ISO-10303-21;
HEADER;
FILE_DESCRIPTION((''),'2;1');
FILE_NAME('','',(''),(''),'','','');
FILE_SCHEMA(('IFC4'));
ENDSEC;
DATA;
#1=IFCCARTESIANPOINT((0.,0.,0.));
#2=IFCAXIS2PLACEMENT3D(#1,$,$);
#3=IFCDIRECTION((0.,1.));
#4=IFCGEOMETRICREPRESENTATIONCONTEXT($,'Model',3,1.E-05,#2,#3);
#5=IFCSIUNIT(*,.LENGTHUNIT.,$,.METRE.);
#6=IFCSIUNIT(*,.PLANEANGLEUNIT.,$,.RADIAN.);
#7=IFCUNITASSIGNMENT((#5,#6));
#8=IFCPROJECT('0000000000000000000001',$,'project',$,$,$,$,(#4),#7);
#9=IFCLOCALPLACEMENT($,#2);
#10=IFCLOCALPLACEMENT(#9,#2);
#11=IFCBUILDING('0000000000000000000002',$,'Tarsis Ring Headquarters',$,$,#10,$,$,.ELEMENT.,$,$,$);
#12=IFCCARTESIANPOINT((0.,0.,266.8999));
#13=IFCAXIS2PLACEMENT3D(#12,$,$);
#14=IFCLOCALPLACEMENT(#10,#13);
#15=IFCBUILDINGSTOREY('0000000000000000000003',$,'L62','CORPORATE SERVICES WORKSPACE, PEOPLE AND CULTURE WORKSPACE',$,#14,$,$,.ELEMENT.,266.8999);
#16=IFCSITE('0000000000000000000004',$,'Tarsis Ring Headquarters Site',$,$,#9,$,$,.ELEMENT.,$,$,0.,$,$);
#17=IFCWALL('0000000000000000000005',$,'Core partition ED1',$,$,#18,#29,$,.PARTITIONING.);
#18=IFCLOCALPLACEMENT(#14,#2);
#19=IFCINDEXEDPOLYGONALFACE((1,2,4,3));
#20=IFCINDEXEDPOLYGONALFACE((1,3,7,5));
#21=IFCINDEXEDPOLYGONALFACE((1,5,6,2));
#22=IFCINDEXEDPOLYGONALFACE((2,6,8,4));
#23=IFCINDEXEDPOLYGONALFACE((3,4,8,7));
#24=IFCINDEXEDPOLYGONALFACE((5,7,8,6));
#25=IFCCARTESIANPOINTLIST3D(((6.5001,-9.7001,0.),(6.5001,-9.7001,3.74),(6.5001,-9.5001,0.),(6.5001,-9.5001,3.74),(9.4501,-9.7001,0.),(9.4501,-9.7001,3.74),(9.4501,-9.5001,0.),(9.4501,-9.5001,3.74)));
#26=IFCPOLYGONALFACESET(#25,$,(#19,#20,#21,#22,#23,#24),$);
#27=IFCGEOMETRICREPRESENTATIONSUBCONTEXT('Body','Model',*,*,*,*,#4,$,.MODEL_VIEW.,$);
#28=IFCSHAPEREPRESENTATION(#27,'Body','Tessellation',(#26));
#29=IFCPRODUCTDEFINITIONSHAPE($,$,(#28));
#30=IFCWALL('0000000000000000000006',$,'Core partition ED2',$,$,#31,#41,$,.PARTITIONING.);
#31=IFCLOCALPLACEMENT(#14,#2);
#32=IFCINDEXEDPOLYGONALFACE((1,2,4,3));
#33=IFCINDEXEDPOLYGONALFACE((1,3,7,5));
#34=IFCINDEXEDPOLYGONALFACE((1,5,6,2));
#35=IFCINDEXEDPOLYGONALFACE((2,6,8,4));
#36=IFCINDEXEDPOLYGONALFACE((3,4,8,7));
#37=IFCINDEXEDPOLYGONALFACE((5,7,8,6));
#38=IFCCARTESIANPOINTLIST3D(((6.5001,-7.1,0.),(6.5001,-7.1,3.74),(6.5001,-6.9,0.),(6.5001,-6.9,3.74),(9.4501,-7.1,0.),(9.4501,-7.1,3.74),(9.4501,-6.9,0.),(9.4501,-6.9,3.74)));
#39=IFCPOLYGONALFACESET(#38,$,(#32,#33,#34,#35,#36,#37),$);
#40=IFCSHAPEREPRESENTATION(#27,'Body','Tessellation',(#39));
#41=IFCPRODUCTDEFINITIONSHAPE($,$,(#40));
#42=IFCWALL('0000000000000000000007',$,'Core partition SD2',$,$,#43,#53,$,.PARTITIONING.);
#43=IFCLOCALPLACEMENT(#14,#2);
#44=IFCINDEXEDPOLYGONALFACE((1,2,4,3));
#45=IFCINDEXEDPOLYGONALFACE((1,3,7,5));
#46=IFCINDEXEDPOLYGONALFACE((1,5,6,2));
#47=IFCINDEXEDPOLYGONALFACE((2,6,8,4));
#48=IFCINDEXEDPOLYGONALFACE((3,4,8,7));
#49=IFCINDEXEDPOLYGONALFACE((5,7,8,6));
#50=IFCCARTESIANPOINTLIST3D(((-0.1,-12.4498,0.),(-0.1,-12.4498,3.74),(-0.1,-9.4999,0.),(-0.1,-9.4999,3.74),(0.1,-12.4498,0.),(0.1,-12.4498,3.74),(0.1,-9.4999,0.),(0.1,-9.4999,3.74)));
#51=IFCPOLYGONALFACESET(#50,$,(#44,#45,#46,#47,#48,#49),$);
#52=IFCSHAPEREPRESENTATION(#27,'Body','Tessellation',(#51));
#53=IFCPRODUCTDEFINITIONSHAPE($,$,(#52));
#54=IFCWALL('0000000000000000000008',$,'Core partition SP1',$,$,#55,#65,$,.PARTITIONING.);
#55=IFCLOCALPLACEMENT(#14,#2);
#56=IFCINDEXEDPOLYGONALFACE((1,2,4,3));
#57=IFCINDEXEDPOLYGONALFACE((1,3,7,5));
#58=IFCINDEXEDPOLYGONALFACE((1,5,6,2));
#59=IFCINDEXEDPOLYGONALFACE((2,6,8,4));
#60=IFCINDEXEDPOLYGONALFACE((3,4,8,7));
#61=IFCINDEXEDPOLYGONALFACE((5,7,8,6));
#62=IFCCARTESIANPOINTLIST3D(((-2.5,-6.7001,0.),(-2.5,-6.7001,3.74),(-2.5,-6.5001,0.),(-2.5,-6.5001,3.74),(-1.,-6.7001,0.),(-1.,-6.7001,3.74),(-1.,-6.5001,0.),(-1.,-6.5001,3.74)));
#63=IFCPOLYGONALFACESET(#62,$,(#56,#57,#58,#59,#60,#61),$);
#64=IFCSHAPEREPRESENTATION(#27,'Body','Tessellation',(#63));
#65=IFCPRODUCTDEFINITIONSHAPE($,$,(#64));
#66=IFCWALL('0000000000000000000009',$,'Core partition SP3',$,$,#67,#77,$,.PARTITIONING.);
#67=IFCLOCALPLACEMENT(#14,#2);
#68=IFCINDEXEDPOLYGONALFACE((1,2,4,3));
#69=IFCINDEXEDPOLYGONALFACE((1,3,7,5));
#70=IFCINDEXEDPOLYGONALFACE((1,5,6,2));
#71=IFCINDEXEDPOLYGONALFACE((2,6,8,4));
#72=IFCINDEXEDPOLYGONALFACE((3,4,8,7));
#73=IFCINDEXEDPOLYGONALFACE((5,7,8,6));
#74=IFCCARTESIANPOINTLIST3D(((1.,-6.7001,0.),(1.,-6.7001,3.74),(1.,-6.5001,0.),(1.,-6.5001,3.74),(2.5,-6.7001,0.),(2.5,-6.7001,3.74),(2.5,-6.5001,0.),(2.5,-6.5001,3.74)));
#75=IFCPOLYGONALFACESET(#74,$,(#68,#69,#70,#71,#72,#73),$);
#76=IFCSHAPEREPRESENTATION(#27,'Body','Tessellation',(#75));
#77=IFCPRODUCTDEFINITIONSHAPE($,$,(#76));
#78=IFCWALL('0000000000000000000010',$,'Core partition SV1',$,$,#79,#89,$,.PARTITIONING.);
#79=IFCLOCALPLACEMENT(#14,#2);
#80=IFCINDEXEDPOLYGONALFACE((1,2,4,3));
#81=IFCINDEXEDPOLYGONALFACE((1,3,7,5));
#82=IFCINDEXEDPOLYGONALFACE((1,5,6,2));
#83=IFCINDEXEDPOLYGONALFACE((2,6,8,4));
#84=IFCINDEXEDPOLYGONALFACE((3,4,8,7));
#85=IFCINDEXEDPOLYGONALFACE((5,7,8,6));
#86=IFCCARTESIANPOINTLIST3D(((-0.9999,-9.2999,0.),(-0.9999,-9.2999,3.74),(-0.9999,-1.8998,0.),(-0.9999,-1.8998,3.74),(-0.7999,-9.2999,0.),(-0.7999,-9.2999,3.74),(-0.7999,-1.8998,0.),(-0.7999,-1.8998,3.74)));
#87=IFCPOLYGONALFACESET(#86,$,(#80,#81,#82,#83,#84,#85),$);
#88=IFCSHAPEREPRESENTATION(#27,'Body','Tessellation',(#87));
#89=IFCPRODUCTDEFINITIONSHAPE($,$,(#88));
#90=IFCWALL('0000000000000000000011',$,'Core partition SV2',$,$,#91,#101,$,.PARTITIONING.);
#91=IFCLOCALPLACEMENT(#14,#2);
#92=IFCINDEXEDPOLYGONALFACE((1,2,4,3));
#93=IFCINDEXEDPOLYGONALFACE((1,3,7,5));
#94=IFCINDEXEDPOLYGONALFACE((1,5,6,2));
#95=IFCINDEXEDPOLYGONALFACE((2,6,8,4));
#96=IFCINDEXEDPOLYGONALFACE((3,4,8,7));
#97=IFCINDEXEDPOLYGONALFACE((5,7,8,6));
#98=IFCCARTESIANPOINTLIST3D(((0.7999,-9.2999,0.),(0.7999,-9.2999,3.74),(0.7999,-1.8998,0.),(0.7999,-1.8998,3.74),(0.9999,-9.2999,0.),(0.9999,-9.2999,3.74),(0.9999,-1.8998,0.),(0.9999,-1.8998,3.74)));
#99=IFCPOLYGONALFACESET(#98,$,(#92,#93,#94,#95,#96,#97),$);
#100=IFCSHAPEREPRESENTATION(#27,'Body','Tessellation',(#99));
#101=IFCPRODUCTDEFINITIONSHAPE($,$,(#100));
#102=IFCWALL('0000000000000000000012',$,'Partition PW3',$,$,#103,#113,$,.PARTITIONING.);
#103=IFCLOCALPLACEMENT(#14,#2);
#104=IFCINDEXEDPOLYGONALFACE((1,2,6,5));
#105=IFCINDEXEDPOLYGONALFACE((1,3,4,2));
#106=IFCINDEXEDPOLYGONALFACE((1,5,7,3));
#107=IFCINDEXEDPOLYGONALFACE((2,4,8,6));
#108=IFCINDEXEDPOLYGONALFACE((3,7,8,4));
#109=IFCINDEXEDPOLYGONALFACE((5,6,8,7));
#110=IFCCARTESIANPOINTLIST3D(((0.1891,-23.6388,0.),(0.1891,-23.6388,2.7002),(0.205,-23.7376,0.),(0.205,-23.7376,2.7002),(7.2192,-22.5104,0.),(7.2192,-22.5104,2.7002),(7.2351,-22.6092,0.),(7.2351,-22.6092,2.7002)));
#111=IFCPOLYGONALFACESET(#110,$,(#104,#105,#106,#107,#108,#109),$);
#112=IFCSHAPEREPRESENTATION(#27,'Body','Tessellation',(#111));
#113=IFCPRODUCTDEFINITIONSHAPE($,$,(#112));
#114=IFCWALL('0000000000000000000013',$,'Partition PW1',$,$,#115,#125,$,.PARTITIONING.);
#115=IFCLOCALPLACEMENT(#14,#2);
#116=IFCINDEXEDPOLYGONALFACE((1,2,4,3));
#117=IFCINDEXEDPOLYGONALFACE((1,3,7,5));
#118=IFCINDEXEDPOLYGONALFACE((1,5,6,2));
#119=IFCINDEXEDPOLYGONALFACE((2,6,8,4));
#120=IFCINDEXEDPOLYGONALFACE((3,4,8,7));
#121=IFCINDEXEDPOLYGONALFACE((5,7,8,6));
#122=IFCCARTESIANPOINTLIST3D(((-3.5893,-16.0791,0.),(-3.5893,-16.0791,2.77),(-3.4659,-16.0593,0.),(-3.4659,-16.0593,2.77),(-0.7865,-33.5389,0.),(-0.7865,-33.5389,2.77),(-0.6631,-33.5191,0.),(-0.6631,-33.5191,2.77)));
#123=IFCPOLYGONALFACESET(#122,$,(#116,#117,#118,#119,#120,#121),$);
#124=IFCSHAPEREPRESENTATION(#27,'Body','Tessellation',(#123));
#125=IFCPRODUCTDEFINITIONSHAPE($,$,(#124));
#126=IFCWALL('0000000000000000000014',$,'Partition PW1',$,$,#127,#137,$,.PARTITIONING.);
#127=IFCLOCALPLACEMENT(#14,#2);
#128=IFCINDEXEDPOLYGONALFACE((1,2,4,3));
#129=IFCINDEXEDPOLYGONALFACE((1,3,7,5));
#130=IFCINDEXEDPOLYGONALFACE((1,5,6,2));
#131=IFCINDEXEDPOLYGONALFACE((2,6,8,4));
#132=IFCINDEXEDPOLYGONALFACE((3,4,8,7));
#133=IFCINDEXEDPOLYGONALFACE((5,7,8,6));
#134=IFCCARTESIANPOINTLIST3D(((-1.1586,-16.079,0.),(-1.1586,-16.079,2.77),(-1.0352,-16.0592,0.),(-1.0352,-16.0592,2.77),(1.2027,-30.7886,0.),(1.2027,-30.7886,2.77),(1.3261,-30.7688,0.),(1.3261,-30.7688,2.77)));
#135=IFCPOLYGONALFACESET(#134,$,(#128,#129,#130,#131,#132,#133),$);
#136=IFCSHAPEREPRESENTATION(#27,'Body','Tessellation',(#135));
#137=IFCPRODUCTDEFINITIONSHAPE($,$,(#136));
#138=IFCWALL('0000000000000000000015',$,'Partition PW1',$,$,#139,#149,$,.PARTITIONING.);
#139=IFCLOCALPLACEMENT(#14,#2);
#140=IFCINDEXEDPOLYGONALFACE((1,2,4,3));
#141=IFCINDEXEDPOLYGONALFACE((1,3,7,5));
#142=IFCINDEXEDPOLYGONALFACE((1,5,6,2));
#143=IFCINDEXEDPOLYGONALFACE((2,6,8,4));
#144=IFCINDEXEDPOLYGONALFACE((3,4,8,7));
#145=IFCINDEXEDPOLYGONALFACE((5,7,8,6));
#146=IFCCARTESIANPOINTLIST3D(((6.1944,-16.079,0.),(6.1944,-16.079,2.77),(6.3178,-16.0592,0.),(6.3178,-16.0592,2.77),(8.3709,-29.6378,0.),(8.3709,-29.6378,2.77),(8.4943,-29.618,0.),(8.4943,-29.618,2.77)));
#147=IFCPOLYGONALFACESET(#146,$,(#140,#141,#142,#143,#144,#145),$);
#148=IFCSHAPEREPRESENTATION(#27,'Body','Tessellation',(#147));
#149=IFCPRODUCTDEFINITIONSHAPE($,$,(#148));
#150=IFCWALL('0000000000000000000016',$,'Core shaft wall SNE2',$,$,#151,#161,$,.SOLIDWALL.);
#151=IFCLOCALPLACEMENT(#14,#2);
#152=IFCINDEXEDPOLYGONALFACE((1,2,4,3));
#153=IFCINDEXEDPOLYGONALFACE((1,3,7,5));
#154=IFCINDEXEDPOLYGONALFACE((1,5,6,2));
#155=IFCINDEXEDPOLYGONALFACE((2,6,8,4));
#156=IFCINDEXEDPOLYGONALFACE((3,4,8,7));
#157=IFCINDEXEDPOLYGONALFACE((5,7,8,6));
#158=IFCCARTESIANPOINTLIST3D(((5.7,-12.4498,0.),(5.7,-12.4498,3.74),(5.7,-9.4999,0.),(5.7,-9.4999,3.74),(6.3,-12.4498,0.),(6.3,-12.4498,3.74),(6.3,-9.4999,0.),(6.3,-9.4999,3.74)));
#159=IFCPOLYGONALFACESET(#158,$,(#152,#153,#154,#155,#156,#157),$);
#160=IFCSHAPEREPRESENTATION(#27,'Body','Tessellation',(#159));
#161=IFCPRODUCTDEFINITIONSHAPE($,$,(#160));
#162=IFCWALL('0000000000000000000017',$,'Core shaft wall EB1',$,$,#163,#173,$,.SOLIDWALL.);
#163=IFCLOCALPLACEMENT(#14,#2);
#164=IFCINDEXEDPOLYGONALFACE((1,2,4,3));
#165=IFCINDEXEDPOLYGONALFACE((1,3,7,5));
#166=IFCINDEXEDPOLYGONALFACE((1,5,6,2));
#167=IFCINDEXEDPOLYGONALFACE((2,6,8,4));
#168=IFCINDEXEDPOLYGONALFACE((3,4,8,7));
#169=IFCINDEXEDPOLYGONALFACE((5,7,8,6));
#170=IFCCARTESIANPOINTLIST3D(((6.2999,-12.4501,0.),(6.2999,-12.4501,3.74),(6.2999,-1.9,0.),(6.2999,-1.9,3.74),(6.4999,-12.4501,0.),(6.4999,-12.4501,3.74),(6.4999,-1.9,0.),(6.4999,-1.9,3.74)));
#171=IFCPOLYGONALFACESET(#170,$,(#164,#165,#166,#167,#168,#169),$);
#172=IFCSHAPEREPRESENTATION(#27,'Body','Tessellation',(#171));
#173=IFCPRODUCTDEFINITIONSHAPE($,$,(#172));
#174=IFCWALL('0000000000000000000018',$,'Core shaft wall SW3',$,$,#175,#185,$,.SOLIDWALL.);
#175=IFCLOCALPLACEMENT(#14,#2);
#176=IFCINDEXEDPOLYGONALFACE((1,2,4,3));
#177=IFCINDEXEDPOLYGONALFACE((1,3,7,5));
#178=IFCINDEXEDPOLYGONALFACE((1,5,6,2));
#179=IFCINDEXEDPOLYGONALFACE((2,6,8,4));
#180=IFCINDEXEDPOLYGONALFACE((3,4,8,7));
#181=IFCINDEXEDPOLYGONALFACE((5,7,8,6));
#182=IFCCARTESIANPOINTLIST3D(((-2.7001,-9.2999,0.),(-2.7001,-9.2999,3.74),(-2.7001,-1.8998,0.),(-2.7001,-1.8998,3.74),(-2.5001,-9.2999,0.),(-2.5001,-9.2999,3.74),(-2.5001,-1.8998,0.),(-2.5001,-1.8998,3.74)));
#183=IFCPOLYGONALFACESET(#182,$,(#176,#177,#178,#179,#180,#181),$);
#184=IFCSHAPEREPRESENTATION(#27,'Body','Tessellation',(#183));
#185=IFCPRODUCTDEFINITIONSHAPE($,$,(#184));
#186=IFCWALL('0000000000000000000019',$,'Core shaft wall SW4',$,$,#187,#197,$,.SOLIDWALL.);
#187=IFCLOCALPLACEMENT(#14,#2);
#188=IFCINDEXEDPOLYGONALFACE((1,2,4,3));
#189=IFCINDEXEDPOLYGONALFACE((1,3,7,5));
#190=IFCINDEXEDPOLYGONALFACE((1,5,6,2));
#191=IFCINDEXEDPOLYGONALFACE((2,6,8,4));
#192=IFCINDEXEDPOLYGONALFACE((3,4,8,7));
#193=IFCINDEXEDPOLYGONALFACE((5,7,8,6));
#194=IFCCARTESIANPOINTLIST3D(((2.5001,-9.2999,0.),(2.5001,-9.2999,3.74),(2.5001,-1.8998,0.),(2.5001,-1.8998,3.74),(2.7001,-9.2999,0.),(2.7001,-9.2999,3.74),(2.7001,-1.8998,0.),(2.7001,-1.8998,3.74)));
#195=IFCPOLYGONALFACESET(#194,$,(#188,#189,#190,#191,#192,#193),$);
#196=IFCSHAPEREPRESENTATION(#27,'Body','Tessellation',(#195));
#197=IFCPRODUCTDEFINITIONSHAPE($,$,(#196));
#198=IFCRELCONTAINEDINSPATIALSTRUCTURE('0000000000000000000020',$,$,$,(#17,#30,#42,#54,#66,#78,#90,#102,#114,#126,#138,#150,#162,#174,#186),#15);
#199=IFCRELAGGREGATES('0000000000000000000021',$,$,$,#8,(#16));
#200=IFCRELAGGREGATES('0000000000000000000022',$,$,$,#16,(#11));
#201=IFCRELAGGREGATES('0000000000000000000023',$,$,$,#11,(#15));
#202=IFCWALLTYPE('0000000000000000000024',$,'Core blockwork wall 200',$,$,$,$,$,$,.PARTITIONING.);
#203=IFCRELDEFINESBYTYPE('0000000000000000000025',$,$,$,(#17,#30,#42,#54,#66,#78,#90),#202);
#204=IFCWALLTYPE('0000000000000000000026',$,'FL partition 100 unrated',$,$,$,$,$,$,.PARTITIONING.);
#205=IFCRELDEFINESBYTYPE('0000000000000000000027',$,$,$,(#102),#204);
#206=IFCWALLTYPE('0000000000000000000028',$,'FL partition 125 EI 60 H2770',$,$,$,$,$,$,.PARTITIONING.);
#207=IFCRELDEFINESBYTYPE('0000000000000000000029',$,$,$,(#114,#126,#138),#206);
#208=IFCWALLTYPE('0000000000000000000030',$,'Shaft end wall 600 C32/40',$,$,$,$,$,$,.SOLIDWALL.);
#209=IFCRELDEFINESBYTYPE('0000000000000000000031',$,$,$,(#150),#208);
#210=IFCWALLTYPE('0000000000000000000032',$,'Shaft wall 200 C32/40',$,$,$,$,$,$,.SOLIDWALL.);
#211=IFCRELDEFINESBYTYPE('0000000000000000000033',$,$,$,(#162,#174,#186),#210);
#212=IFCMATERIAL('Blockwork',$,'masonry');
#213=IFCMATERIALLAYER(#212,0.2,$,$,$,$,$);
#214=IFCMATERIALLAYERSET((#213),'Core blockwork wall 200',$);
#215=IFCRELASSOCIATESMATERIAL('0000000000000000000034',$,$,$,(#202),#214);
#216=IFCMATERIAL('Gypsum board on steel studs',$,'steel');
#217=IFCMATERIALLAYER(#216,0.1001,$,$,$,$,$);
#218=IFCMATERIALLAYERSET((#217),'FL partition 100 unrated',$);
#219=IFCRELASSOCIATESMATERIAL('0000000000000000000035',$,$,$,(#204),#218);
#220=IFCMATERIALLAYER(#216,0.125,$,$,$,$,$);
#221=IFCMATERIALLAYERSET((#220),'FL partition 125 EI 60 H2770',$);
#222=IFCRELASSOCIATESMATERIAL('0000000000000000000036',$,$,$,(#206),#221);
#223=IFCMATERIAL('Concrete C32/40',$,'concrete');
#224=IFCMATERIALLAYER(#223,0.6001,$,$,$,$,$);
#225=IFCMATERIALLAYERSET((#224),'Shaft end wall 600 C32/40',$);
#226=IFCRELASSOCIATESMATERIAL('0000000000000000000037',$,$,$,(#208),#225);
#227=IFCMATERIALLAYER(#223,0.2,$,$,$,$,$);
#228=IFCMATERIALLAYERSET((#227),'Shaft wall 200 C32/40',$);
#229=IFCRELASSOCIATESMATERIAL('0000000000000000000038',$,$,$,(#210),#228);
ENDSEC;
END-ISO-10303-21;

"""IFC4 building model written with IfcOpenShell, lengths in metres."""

from ifc_helpers import new_model, si_unit, direction, frame, frame_2d, origin, place, context, subcontext, project, spatial, rectangle, extrude, material, layer, layer_set, type_object, element, save


model = new_model("IFC4")

# Units and contexts
model_context = context("Model", 3, precision=1e-05, world=origin(), true_north=direction((0.0, 1.0)))
body_context = subcontext(model_context, "Body", "Model", "MODEL_VIEW")
ifc_project = project(units=[si_unit("LENGTHUNIT", "METRE"), si_unit("PLANEANGLEUNIT", "RADIAN")], contexts=[model_context])

# Site, building, storey
site_placement = place(None, origin())
site = spatial("IfcSite", under=ifc_project, at=site_placement, Name="Tarsis Ring Headquarters Site", CompositionType="ELEMENT", RefElevation=0.0)
building_placement = place(site_placement, origin())
building = spatial("IfcBuilding", under=site, at=building_placement, Name="Tarsis Ring Headquarters", CompositionType="ELEMENT")
storey_placement = place(building_placement, frame((0.0, 0.0, 266.8999)))
storey = spatial("IfcBuildingStorey", under=building, at=storey_placement, Name="L62", Description="CORPORATE SERVICES WORKSPACE, PEOPLE AND CULTURE WORKSPACE", CompositionType="ELEMENT", Elevation=266.8999)

# Walls
ifc_material_1 = material(Name="Blockwork", Category="masonry")
ifc_layer_1 = layer(ifc_material_1, 0.2)
ifc_layer_set_1 = layer_set([ifc_layer_1], Name="Core blockwork wall 200")
wall_type_1 = type_object("IfcWallType", Name="Core blockwork wall 200", PredefinedType="PARTITIONING", material=ifc_layer_set_1)
for number, where, z_axis, x_axis, name in (
    (1, (6.5, -9.6001, 0.0), (0.0, 0.0, 1.0), (1.0, 0.0, 0.0), "Core partition ED1"),
    (2, (6.5, -7.0, 0.0), (0.0, 0.0, 1.0), (1.0, 0.0, 0.0), "Core partition ED2"),
    (3, (0.0, -12.45, 0.0), (0.0, 0.0, 1.0), (0.0, 1.0, 0.0), "Core partition SD2"),
):
    element("IfcWall", number, at=place(storey_placement, frame(where, z_axis=z_axis, x_axis=x_axis)), inside=storey, type_object=wall_type_1, Name=name, PredefinedType="PARTITIONING", context=body_context, shape_type="SweptSolid", body=[
        extrude(rectangle(XDim=2.95, YDim=0.2, at=frame_2d((1.4751, 0.0))), origin(), (0.0, 0.0, 1.0), 3.74),
    ])
for number, where, z_axis, x_axis, name in (
    (4, (-2.5, -6.6001, 0.0), (0.0, 0.0, 1.0), (1.0, 0.0, 0.0), "Core partition SP1"),
    (5, (1.0, -6.6001, 0.0), (0.0, 0.0, 1.0), (1.0, 0.0, 0.0), "Core partition SP3"),
):
    element("IfcWall", number, at=place(storey_placement, frame(where, z_axis=z_axis, x_axis=x_axis)), inside=storey, type_object=wall_type_1, Name=name, PredefinedType="PARTITIONING", context=body_context, shape_type="SweptSolid", body=[
        extrude(rectangle(XDim=1.5, YDim=0.2, at=frame_2d((0.75, 0.0))), origin(), (0.0, 0.0, 1.0), 3.74),
    ])
for number, where, z_axis, x_axis, name in (
    (6, (-0.8999, -9.3, 0.0), (0.0, 0.0, 1.0), (0.0, 1.0, 0.0), "Core partition SV1"),
    (7, (0.8999, -9.3, 0.0), (0.0, 0.0, 1.0), (0.0, 1.0, 0.0), "Core partition SV2"),
):
    element("IfcWall", number, at=place(storey_placement, frame(where, z_axis=z_axis, x_axis=x_axis)), inside=storey, type_object=wall_type_1, Name=name, PredefinedType="PARTITIONING", context=body_context, shape_type="SweptSolid", body=[
        extrude(rectangle(XDim=7.4001, YDim=0.2, at=frame_2d((3.7002, 0.0))), origin(), (0.0, 0.0, 1.0), 3.74),
    ])
ifc_material_2 = material(Name="Gypsum board on steel studs", Category="steel")
ifc_layer_2 = layer(ifc_material_2, 0.1001)
ifc_layer_set_2 = layer_set([ifc_layer_2], Name="FL partition 100 unrated")
wall_type_2 = type_object("IfcWallType", Name="FL partition 100 unrated", PredefinedType="PARTITIONING", material=ifc_layer_set_2)
wall_1_placement = place(storey_placement, frame((0.197, -23.6882, 0.0), z_axis=(0.0, 0.0, 1.0), x_axis=(0.987361, 0.158485, 0.0)))
element("IfcWall", 8, at=wall_1_placement, inside=storey, type_object=wall_type_2, Name="Partition PW3", PredefinedType="PARTITIONING", context=body_context, shape_type="SweptSolid", body=[
    extrude(rectangle(XDim=7.1201, YDim=0.1001, at=frame_2d((3.5601, 0.0))), origin(), (0.0, 0.0, 1.0), 2.7002),
])
ifc_layer_3 = layer(ifc_material_2, 0.125)
ifc_layer_set_3 = layer_set([ifc_layer_3], Name="FL partition 125 EI 60 H2770")
wall_type_3 = type_object("IfcWallType", Name="FL partition 125 EI 60 H2770", PredefinedType="PARTITIONING", material=ifc_layer_set_3)
wall_2_placement = place(storey_placement, frame((-3.5276, -16.0691, 0.0), z_axis=(0.0, 0.0, 1.0), x_axis=(0.158497, -0.98736, 0.0)))
element("IfcWall", 9, at=wall_2_placement, inside=storey, type_object=wall_type_3, Name="Partition PW1", PredefinedType="PARTITIONING", context=body_context, shape_type="SweptSolid", body=[
    extrude(rectangle(XDim=17.6833, YDim=0.125, at=frame_2d((8.8418, 0.0))), origin(), (0.0, 0.0, 1.0), 2.77),
])
wall_3_placement = place(storey_placement, frame((-1.0969, -16.0691, 0.0), z_axis=(0.0, 0.0, 1.0), x_axis=(0.158499, -0.987359, 0.0)))
element("IfcWall", 10, at=wall_3_placement, inside=storey, type_object=wall_type_3, Name="Partition PW1", PredefinedType="PARTITIONING", context=body_context, shape_type="SweptSolid", body=[
    extrude(rectangle(XDim=14.8979, YDim=0.125, at=frame_2d((7.449, 0.0))), origin(), (0.0, 0.0, 1.0), 2.77),
])
wall_4_placement = place(storey_placement, frame((6.2561, -16.0691, 0.0), z_axis=(0.0, 0.0, 1.0), x_axis=(0.158495, -0.98736, 0.0)))
element("IfcWall", 11, at=wall_4_placement, inside=storey, type_object=wall_type_3, Name="Partition PW1", PredefinedType="PARTITIONING", context=body_context, shape_type="SweptSolid", body=[
    extrude(rectangle(XDim=13.7324, YDim=0.125, at=frame_2d((6.8662, 0.0))), origin(), (0.0, 0.0, 1.0), 2.77),
])
ifc_material_3 = material(Name="Concrete C32/40", Category="concrete")
ifc_layer_4 = layer(ifc_material_3, 0.6001)
ifc_layer_set_4 = layer_set([ifc_layer_4], Name="Shaft end wall 600 C32/40")
wall_type_4 = type_object("IfcWallType", Name="Shaft end wall 600 C32/40", PredefinedType="SOLIDWALL", material=ifc_layer_set_4)
wall_5_placement = place(storey_placement, frame((6.0, -12.45, 0.0), z_axis=(0.0, 0.0, 1.0), x_axis=(0.0, 1.0, 0.0)))
element("IfcWall", 12, at=wall_5_placement, inside=storey, type_object=wall_type_4, Name="Core shaft wall SNE2", PredefinedType="SOLIDWALL", context=body_context, shape_type="SweptSolid", body=[
    extrude(rectangle(XDim=2.95, YDim=0.6001, at=frame_2d((1.4751, 0.0))), origin(), (0.0, 0.0, 1.0), 3.74),
])
ifc_layer_5 = layer(ifc_material_3, 0.2)
ifc_layer_set_5 = layer_set([ifc_layer_5], Name="Shaft wall 200 C32/40")
wall_type_5 = type_object("IfcWallType", Name="Shaft wall 200 C32/40", PredefinedType="SOLIDWALL", material=ifc_layer_set_5)
wall_6_placement = place(storey_placement, frame((6.3999, -12.45, 0.0), z_axis=(0.0, 0.0, 1.0), x_axis=(0.0, 1.0, 0.0)))
element("IfcWall", 13, at=wall_6_placement, inside=storey, type_object=wall_type_5, Name="Core shaft wall EB1", PredefinedType="SOLIDWALL", context=body_context, shape_type="SweptSolid", body=[
    extrude(rectangle(XDim=10.55, YDim=0.2, at=frame_2d((5.2749, 0.0))), origin(), (0.0, 0.0, 1.0), 3.74),
])
for number, where, z_axis, x_axis, name in (
    (14, (-2.6001, -9.3, 0.0), (0.0, 0.0, 1.0), (0.0, 1.0, 0.0), "Core shaft wall SW3"),
    (15, (2.6001, -9.3, 0.0), (0.0, 0.0, 1.0), (0.0, 1.0, 0.0), "Core shaft wall SW4"),
):
    element("IfcWall", number, at=place(storey_placement, frame(where, z_axis=z_axis, x_axis=x_axis)), inside=storey, type_object=wall_type_5, Name=name, PredefinedType="SOLIDWALL", context=body_context, shape_type="SweptSolid", body=[
        extrude(rectangle(XDim=7.4001, YDim=0.2, at=frame_2d((3.7002, 0.0))), origin(), (0.0, 0.0, 1.0), 3.74),
    ])

save(model, "model.ifc")
